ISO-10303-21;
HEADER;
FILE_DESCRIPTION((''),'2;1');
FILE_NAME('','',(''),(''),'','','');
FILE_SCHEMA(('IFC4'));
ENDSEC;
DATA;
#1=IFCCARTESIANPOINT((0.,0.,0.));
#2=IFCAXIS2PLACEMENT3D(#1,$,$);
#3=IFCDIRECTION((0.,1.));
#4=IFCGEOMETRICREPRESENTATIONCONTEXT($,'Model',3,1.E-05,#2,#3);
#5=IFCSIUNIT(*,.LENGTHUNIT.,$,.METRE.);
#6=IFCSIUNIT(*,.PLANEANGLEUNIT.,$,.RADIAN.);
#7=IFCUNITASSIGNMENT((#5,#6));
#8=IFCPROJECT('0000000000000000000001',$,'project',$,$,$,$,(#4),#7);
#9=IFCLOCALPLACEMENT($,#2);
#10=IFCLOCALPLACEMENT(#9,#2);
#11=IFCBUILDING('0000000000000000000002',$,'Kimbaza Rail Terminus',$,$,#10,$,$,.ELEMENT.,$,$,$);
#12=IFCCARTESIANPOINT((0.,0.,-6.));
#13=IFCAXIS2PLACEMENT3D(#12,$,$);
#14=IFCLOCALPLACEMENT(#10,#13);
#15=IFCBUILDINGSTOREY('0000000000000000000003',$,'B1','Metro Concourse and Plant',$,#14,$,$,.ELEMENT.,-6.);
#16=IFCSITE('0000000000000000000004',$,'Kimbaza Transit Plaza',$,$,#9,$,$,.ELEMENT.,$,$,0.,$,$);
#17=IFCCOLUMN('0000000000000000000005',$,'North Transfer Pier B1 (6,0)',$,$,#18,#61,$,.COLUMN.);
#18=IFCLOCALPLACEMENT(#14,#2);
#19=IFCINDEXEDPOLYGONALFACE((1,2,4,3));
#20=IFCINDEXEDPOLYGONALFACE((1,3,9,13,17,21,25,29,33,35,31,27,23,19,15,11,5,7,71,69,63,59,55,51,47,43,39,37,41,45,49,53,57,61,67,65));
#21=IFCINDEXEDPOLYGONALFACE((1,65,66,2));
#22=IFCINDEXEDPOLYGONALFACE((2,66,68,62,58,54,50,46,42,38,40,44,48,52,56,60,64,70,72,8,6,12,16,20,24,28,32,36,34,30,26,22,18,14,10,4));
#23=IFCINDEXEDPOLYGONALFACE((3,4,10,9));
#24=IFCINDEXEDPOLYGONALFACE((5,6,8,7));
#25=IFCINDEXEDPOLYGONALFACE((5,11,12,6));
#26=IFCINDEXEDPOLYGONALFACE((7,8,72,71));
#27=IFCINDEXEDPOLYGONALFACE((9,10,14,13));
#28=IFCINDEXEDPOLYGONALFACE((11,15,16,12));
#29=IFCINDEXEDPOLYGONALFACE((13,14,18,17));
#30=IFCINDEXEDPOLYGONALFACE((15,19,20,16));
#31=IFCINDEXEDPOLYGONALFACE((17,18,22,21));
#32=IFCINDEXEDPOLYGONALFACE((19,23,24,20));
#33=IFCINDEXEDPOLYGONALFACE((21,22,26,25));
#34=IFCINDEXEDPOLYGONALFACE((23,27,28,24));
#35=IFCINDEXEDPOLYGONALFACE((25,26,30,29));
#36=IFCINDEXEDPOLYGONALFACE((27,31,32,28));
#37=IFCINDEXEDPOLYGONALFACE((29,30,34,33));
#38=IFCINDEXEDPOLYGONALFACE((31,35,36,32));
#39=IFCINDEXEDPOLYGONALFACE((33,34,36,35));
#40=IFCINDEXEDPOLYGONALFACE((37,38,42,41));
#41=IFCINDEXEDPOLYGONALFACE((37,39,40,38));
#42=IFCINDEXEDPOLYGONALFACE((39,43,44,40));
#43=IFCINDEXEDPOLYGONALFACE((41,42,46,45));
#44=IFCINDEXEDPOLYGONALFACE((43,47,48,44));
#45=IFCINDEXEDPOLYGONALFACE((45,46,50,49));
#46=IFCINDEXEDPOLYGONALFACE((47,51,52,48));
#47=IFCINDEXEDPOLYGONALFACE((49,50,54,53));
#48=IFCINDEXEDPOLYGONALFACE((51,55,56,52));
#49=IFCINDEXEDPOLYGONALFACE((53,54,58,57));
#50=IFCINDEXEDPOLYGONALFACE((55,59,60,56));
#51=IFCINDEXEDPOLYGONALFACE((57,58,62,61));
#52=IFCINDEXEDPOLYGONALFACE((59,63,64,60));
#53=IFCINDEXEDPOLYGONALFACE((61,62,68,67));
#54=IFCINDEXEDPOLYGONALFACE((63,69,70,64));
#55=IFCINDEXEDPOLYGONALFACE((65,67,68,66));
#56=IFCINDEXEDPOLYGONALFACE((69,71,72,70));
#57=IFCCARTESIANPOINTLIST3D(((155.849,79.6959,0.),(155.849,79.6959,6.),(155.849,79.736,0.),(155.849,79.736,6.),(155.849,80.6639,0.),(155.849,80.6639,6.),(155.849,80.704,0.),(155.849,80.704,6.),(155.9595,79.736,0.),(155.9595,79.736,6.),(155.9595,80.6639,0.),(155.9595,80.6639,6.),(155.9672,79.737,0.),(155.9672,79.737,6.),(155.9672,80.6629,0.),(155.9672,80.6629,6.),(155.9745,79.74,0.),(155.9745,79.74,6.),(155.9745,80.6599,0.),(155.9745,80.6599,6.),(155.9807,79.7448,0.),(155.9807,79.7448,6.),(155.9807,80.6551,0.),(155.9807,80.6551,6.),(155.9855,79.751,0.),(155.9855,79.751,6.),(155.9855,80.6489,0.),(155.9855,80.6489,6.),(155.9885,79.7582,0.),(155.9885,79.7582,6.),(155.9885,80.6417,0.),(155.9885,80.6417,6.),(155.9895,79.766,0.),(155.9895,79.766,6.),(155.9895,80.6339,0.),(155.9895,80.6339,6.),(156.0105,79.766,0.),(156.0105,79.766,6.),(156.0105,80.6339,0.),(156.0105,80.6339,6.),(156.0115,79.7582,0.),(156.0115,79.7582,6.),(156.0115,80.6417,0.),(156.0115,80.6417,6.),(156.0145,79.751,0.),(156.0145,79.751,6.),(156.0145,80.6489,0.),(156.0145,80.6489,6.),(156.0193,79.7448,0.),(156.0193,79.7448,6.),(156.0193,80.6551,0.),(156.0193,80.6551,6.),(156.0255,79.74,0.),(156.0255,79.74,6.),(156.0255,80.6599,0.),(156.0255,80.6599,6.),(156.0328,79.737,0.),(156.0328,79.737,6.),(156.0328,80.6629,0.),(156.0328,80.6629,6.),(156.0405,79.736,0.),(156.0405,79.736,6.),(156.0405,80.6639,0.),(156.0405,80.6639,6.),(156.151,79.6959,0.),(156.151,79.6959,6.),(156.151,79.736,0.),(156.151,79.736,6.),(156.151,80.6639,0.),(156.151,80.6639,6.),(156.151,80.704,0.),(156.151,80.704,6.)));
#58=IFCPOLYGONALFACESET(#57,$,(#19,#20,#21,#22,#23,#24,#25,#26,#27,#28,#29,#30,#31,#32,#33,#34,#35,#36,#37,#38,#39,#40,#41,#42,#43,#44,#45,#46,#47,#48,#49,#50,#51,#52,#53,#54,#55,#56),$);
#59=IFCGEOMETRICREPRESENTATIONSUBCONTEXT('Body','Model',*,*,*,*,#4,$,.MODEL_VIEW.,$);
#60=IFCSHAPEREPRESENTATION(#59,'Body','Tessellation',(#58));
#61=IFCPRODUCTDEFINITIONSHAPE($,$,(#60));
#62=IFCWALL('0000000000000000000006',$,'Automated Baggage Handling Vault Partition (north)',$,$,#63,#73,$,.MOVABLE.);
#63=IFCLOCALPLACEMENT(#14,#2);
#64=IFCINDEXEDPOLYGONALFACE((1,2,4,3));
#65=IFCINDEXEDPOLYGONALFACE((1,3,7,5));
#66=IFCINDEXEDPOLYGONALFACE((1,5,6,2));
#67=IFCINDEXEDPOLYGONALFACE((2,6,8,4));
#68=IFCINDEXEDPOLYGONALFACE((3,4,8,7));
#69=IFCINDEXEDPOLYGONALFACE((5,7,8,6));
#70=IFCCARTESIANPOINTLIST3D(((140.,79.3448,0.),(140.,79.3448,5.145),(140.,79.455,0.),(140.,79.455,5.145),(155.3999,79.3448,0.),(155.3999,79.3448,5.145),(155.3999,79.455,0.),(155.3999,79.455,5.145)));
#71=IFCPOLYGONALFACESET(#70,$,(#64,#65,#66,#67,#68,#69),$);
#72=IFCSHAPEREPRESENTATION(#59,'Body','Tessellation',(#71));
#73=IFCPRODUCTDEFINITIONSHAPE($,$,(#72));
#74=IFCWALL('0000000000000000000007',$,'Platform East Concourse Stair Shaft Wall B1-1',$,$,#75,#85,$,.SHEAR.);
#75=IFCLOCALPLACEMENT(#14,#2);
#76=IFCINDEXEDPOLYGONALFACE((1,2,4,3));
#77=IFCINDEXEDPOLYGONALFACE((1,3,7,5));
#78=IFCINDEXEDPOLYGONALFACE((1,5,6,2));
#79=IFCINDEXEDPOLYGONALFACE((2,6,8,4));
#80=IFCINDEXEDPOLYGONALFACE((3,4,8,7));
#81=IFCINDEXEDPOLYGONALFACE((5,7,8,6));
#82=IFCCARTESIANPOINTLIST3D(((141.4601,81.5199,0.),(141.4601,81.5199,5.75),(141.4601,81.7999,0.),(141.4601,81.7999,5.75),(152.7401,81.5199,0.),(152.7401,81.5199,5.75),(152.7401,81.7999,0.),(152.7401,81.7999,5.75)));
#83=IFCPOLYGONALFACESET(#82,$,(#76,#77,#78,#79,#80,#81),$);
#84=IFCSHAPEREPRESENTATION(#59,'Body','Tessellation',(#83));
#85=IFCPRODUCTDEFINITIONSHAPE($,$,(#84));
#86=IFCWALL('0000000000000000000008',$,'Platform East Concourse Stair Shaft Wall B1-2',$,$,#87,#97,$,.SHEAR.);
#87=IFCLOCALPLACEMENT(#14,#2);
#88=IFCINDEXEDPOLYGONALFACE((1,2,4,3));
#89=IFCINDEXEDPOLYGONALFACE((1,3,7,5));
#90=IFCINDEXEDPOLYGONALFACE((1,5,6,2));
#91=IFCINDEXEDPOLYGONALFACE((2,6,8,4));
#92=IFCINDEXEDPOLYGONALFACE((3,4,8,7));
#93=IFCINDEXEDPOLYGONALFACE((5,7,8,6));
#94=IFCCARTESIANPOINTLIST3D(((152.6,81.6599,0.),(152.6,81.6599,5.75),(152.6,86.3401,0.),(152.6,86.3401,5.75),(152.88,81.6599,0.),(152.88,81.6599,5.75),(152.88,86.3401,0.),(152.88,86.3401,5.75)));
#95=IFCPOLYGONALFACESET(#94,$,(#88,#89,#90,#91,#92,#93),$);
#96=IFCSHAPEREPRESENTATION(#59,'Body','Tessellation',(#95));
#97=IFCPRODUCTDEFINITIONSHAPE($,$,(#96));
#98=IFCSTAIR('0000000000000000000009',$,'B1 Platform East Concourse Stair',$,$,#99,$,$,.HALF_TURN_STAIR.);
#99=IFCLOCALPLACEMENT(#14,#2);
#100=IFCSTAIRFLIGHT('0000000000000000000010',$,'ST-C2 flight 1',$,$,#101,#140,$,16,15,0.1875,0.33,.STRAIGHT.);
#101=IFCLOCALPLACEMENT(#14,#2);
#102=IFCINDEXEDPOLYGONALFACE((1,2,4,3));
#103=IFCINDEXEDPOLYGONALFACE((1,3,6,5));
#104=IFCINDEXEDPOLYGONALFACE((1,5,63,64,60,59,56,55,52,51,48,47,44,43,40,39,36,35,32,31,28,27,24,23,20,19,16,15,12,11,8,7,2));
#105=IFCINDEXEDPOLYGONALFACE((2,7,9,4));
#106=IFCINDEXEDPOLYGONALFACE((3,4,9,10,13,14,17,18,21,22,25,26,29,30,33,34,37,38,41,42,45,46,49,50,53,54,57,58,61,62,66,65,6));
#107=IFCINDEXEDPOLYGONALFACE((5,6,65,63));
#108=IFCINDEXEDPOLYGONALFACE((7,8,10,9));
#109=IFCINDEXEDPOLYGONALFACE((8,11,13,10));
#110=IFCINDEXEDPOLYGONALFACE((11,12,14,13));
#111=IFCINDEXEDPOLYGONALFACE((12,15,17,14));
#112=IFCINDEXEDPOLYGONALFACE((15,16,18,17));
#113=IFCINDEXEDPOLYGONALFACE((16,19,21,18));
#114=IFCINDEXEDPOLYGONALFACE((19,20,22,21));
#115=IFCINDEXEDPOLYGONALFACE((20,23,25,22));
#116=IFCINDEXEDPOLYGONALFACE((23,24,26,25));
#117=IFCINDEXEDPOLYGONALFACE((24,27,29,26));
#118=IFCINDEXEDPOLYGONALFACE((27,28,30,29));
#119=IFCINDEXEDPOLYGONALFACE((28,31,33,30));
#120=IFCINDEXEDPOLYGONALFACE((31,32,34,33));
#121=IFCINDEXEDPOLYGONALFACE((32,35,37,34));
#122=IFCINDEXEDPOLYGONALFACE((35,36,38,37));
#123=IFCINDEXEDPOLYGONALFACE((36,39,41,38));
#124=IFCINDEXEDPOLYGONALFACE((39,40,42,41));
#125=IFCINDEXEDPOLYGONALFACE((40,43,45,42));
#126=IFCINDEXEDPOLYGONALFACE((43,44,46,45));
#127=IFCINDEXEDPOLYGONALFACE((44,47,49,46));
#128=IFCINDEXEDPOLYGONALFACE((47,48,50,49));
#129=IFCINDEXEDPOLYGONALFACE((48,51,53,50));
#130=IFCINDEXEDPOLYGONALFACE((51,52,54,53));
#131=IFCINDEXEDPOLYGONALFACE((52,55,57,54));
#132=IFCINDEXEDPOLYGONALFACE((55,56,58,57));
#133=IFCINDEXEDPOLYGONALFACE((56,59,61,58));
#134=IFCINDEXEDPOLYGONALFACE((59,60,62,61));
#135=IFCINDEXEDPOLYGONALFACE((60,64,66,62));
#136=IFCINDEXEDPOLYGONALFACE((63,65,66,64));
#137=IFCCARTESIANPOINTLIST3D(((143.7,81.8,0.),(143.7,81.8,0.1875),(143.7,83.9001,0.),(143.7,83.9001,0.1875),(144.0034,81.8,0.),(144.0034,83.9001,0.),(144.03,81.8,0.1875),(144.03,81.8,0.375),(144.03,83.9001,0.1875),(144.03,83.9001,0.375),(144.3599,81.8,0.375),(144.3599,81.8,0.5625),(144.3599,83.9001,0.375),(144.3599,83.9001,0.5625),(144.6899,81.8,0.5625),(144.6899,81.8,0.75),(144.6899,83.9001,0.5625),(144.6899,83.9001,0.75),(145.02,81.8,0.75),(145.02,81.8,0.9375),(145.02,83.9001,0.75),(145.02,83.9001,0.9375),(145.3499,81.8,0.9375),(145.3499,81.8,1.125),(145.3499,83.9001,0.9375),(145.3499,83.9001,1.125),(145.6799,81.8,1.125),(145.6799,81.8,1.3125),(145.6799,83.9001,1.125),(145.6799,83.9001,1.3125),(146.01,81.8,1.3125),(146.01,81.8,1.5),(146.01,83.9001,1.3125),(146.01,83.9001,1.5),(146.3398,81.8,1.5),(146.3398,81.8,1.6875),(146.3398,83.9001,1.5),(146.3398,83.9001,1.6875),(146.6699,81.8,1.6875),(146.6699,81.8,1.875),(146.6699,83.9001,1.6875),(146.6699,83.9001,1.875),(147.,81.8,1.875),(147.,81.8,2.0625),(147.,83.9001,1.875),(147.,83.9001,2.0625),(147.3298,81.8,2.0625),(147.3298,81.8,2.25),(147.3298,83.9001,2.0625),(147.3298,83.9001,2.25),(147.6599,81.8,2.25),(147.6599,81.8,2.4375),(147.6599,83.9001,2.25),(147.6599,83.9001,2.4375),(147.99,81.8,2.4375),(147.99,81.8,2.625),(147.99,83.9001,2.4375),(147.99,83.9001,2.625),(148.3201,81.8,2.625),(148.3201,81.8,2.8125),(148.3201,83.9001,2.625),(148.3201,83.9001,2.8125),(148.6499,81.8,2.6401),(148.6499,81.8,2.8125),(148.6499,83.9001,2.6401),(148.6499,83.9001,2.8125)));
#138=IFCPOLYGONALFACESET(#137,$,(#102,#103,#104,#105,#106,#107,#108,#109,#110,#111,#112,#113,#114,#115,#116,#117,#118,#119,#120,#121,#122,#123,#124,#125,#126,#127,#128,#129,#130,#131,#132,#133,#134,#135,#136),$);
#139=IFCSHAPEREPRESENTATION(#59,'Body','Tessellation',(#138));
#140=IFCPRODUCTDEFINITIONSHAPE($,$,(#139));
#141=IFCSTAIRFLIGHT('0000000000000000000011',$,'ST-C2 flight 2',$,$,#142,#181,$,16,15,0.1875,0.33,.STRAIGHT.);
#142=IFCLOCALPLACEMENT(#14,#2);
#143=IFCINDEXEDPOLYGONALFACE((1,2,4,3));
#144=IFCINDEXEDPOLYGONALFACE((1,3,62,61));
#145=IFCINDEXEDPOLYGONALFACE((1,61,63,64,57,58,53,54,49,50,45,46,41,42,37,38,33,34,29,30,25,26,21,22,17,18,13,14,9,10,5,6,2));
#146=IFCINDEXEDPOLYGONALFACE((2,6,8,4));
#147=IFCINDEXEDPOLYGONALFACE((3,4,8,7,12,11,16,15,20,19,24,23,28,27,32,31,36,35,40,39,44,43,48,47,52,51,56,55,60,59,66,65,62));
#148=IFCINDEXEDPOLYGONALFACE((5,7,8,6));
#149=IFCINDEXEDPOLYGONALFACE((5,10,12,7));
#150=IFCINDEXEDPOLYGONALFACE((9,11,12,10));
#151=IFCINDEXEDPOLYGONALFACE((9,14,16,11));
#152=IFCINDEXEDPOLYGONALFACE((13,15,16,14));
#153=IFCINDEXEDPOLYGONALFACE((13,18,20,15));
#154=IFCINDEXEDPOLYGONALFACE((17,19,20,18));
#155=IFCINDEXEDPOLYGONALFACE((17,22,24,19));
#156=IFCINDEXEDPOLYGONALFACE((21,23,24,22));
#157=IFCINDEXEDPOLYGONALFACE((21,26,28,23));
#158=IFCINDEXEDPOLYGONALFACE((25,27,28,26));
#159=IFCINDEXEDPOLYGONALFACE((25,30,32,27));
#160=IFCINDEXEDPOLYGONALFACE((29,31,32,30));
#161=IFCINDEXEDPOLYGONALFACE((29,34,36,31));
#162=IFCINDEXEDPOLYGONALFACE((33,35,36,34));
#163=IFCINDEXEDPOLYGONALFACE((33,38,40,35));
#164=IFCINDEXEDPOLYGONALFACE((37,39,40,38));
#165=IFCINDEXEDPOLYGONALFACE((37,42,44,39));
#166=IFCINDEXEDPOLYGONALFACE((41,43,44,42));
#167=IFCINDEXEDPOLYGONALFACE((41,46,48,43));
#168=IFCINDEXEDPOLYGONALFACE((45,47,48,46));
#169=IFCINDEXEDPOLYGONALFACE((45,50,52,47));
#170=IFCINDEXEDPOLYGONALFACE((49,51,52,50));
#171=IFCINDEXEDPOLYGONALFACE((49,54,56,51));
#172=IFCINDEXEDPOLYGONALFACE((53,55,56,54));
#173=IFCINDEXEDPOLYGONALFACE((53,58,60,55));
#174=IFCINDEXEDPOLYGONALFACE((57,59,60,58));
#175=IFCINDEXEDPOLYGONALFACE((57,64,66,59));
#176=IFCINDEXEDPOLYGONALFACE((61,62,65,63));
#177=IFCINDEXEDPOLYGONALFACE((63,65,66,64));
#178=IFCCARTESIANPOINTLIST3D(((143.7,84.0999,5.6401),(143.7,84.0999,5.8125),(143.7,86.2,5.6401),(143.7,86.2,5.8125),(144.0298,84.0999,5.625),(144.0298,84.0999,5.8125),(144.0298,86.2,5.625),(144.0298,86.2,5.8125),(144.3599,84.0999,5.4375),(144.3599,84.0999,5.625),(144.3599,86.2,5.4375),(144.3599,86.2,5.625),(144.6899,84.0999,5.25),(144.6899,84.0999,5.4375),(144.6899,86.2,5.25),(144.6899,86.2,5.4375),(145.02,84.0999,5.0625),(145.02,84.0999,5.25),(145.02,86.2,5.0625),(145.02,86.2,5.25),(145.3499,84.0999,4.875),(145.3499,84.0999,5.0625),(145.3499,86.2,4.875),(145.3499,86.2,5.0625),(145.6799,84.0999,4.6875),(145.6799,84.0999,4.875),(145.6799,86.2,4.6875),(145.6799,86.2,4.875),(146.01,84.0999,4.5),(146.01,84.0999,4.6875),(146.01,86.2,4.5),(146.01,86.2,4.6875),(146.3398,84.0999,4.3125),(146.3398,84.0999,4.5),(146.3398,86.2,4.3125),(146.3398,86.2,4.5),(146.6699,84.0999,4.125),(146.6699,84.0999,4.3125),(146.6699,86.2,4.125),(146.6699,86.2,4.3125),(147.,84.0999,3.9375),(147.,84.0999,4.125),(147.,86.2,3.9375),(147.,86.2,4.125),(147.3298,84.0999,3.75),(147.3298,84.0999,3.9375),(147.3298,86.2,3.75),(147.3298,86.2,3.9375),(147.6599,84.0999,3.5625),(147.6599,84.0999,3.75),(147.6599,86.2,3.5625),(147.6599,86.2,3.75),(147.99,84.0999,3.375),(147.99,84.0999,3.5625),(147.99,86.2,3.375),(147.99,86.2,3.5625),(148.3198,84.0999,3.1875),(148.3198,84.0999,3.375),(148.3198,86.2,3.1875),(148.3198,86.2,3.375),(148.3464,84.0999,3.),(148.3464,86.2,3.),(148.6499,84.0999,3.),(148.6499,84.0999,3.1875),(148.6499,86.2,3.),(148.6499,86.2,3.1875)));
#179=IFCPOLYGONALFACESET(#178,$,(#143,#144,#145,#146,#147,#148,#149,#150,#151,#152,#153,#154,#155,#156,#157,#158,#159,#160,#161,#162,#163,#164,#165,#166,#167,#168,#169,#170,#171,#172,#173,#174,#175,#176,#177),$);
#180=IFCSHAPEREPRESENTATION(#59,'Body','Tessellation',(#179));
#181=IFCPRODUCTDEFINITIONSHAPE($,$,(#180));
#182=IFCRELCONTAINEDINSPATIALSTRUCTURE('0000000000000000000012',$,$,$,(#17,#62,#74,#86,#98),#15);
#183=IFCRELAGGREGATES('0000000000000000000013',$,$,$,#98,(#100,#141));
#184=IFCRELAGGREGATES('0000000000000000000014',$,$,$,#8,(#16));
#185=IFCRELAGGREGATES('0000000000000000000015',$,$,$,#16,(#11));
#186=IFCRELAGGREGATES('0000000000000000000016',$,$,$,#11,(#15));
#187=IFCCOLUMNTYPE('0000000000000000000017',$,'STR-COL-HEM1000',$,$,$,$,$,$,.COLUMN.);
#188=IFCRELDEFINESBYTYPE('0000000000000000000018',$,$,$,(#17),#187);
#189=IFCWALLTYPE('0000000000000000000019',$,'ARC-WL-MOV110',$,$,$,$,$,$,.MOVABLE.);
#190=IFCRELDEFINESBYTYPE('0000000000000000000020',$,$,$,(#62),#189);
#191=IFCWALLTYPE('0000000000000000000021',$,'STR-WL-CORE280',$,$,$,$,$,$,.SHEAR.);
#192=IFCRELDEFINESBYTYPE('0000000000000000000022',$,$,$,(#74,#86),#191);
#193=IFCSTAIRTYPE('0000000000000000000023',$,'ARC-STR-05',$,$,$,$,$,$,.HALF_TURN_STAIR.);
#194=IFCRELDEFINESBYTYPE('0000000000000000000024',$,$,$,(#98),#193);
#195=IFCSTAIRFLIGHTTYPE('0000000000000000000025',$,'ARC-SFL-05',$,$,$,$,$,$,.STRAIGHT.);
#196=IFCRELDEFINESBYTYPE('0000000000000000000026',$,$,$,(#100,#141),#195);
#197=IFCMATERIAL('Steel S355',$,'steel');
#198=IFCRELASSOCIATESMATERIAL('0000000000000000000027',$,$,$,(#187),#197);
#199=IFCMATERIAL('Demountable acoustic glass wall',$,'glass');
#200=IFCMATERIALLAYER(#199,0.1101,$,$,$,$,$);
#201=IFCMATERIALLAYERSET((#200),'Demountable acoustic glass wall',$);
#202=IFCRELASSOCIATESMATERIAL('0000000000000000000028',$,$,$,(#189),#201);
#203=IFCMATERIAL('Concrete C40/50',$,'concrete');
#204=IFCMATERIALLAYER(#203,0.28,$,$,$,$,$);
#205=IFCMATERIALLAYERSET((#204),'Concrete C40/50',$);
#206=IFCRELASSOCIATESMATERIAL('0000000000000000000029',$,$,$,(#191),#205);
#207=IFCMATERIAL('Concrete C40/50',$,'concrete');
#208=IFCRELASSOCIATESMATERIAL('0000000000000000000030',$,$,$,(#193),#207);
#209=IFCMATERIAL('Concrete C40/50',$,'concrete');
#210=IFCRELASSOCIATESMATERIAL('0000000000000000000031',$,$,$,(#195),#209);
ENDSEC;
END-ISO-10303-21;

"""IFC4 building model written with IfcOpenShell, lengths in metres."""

from ifc_helpers import new_model, si_unit, direction, frame, frame_2d, origin, origin_2d, place, context, subcontext, project, spatial, polyline, rectangle, i_section, outline, extrude, material, layer, layer_set, material_profile, profile_set, type_object, element, aggregate, save


model = new_model("IFC4")

# Units and contexts
model_context = context("Model", 3, precision=1e-05, world=origin(), true_north=direction((0.0, 1.0)))
body_context = subcontext(model_context, "Body", "Model", "MODEL_VIEW")
ifc_project = project(units=[si_unit("LENGTHUNIT", "METRE"), si_unit("PLANEANGLEUNIT", "RADIAN")], contexts=[model_context])

# Site, building, storey
site_placement = place(None, origin())
site = spatial("IfcSite", under=ifc_project, at=site_placement, Name="Kimbaza Transit Plaza", CompositionType="ELEMENT", RefElevation=0.0)
building_placement = place(site_placement, origin())
building = spatial("IfcBuilding", under=site, at=building_placement, Name="Kimbaza Rail Terminus", CompositionType="ELEMENT")
storey_placement = place(building_placement, frame((0.0, 0.0, -6.0)))
storey = spatial("IfcBuildingStorey", under=building, at=storey_placement, Name="B1", Description="Metro Concourse and Plant", CompositionType="ELEMENT", Elevation=-6.0)

# Column
ifc_material_1 = material(Name="Steel S355", Category="steel")
ifc_material_profile_1 = material_profile(ifc_material_1, i_section(OverallWidth=0.302, OverallDepth=1.0081, WebThickness=0.021, FlangeThickness=0.04, FilletRadius=0.03, at=origin_2d()), Name="HEM 1000")
ifc_profile_set_1 = profile_set([ifc_material_profile_1], Name="Steel S355")
column_type = type_object("IfcColumnType", Name="STR-COL-HEM1000", PredefinedType="COLUMN", material=ifc_profile_set_1)
for number, where, z_axis, x_axis, name in (
    (1, (156.0, 80.2, 0.0), (0.0, 0.0, 1.0), (1.0, 0.0, 0.0), "North Transfer Pier B1 (6,0)"),
):
    element("IfcColumn", number, at=place(storey_placement, frame(where, z_axis=z_axis, x_axis=x_axis)), inside=storey, type_object=column_type, Name=name, PredefinedType="COLUMN", context=body_context, shape_type="SweptSolid", body=[
        extrude(i_section(OverallWidth=0.302, OverallDepth=1.0081, WebThickness=0.021, FlangeThickness=0.04, FilletRadius=0.03, at=origin_2d()), origin(), (0.0, 0.0, 1.0), 6.0),
    ])

# Walls
ifc_material_2 = material(Name="Demountable acoustic glass wall", Category="glass")
ifc_layer_1 = layer(ifc_material_2, 0.1101)
ifc_layer_set_1 = layer_set([ifc_layer_1], Name="Demountable acoustic glass wall")
wall_type_1 = type_object("IfcWallType", Name="ARC-WL-MOV110", PredefinedType="MOVABLE", material=ifc_layer_set_1)
wall_1_placement = place(storey_placement, frame((155.3999, 79.3999, 0.0), z_axis=(0.0, 0.0, 1.0), x_axis=(-1.0, 0.0, 0.0)))
element("IfcWall", 2, at=wall_1_placement, inside=storey, type_object=wall_type_1, Name="Automated Baggage Handling Vault Partition (north)", PredefinedType="MOVABLE", context=body_context, shape_type="SweptSolid", body=[
    extrude(rectangle(XDim=15.3999, YDim=0.1101, at=frame_2d((7.7, 0.0))), origin(), (0.0, 0.0, 1.0), 5.145),
])
ifc_material_3 = material(Name="Concrete C40/50", Category="concrete")
ifc_layer_2 = layer(ifc_material_3, 0.28)
ifc_layer_set_2 = layer_set([ifc_layer_2], Name="Concrete C40/50")
wall_type_2 = type_object("IfcWallType", Name="STR-WL-CORE280", PredefinedType="SHEAR", material=ifc_layer_set_2)
wall_2_placement = place(storey_placement, frame((141.46, 81.6599, 0.0), z_axis=(0.0, 0.0, 1.0), x_axis=(1.0, 0.0, 0.0)))
element("IfcWall", 3, at=wall_2_placement, inside=storey, type_object=wall_type_2, Name="Platform East Concourse Stair Shaft Wall B1-1", PredefinedType="SHEAR", context=body_context, shape_type="SweptSolid", body=[
    extrude(rectangle(XDim=11.28, YDim=0.28, at=frame_2d((5.6401, 0.0))), origin(), (0.0, 0.0, 1.0), 5.75),
])
wall_3_placement = place(storey_placement, frame((152.74, 81.6599, 0.0), z_axis=(0.0, 0.0, 1.0), x_axis=(0.0, 1.0, 0.0)))
element("IfcWall", 4, at=wall_3_placement, inside=storey, type_object=wall_type_2, Name="Platform East Concourse Stair Shaft Wall B1-2", PredefinedType="SHEAR", context=body_context, shape_type="SweptSolid", body=[
    extrude(rectangle(XDim=4.6802, YDim=0.28, at=frame_2d((2.3401, 0.0))), origin(), (0.0, 0.0, 1.0), 5.75),
])

# Stair, stair flights
ifc_material_4 = material(Name="Concrete C40/50", Category="concrete")
stair_type = type_object("IfcStairType", Name="ARC-STR-05", PredefinedType="HALF_TURN_STAIR", material=ifc_material_4)
stair_placement = place(storey_placement, origin())
stair = element("IfcStair", 5, at=stair_placement, inside=storey, type_object=stair_type, Name="B1 Platform East Concourse Stair", PredefinedType="HALF_TURN_STAIR")
ifc_material_5 = material(Name="Concrete C40/50", Category="concrete")
stair_flight_type = type_object("IfcStairFlightType", Name="ARC-SFL-05", PredefinedType="STRAIGHT", material=ifc_material_5)
stair_flight_1_placement = place(storey_placement, frame((143.7, 82.8501, 0.0), z_axis=(0.0, 0.0, 1.0), x_axis=(1.0, 0.0, 0.0)))
stair_flight_1 = element("IfcStairFlight", 6, at=stair_flight_1_placement, type_object=stair_flight_type, Name="ST-C2 flight 1", NumberOfRisers=16, NumberOfTreads=15, PredefinedType="STRAIGHT", RiserHeight=0.1875, TreadLength=0.33, context=body_context, shape_type="SweptSolid", body=[
    extrude(outline(polyline([(0.0, 0.0), (0.0, 0.1875), (0.3301, 0.1875), (0.3301, 0.375), (0.6599, 0.375), (0.6599, 0.5625), (0.99, 0.5625), (0.99, 0.75), (1.3201, 0.75), (1.3201, 0.9375), (1.6499, 0.9375), (1.6499, 1.125), (1.98, 1.125), (1.98, 1.3125), (2.3101, 1.3125), (2.3101, 1.5), (2.6399, 1.5), (2.6399, 1.6875), (2.97, 1.6875), (2.97, 1.875), (3.3, 1.875), (3.3, 2.0625), (3.6299, 2.0625), (3.6299, 2.25), (3.96, 2.25), (3.96, 2.4375), (4.29, 2.4375), (4.29, 2.625), (4.6201, 2.625), (4.6201, 2.8125), (4.95, 2.8125), (4.95, 3.0), (4.95, 2.6401), (0.3035, 0.0), (0.0, 0.0)])), frame((0.0, 1.05, 0.0), z_axis=(0.0, -1.0, 0.0), x_axis=(1.0, 0.0, 0.0)), (0.0, 0.0, 1.0), 2.1001),
])
stair_flight_2_placement = place(storey_placement, frame((148.6499, 85.1499, 3.0), z_axis=(0.0, 0.0, 1.0), x_axis=(-1.0, 0.0, 0.0)))
stair_flight_2 = element("IfcStairFlight", 7, at=stair_flight_2_placement, type_object=stair_flight_type, Name="ST-C2 flight 2", NumberOfRisers=16, NumberOfTreads=15, PredefinedType="STRAIGHT", RiserHeight=0.1875, TreadLength=0.33, context=body_context, shape_type="SweptSolid", body=[
    extrude(outline(polyline([(0.0, 0.0), (0.0, 0.1875), (0.3301, 0.1875), (0.3301, 0.375), (0.6599, 0.375), (0.6599, 0.5625), (0.99, 0.5625), (0.99, 0.75), (1.3201, 0.75), (1.3201, 0.9375), (1.6499, 0.9375), (1.6499, 1.125), (1.98, 1.125), (1.98, 1.3125), (2.3101, 1.3125), (2.3101, 1.5), (2.6399, 1.5), (2.6399, 1.6875), (2.97, 1.6875), (2.97, 1.875), (3.3, 1.875), (3.3, 2.0625), (3.6299, 2.0625), (3.6299, 2.25), (3.96, 2.25), (3.96, 2.4375), (4.29, 2.4375), (4.29, 2.625), (4.6201, 2.625), (4.6201, 2.8125), (4.95, 2.8125), (4.95, 3.0), (4.95, 2.6401), (0.3035, 0.0), (0.0, 0.0)])), frame((0.0, 1.05, 0.0), z_axis=(0.0, -1.0, 0.0), x_axis=(1.0, 0.0, 0.0)), (0.0, 0.0, 1.0), 2.1001),
])
aggregate(stair, [stair_flight_1, stair_flight_2])

save(model, "model.ifc")
